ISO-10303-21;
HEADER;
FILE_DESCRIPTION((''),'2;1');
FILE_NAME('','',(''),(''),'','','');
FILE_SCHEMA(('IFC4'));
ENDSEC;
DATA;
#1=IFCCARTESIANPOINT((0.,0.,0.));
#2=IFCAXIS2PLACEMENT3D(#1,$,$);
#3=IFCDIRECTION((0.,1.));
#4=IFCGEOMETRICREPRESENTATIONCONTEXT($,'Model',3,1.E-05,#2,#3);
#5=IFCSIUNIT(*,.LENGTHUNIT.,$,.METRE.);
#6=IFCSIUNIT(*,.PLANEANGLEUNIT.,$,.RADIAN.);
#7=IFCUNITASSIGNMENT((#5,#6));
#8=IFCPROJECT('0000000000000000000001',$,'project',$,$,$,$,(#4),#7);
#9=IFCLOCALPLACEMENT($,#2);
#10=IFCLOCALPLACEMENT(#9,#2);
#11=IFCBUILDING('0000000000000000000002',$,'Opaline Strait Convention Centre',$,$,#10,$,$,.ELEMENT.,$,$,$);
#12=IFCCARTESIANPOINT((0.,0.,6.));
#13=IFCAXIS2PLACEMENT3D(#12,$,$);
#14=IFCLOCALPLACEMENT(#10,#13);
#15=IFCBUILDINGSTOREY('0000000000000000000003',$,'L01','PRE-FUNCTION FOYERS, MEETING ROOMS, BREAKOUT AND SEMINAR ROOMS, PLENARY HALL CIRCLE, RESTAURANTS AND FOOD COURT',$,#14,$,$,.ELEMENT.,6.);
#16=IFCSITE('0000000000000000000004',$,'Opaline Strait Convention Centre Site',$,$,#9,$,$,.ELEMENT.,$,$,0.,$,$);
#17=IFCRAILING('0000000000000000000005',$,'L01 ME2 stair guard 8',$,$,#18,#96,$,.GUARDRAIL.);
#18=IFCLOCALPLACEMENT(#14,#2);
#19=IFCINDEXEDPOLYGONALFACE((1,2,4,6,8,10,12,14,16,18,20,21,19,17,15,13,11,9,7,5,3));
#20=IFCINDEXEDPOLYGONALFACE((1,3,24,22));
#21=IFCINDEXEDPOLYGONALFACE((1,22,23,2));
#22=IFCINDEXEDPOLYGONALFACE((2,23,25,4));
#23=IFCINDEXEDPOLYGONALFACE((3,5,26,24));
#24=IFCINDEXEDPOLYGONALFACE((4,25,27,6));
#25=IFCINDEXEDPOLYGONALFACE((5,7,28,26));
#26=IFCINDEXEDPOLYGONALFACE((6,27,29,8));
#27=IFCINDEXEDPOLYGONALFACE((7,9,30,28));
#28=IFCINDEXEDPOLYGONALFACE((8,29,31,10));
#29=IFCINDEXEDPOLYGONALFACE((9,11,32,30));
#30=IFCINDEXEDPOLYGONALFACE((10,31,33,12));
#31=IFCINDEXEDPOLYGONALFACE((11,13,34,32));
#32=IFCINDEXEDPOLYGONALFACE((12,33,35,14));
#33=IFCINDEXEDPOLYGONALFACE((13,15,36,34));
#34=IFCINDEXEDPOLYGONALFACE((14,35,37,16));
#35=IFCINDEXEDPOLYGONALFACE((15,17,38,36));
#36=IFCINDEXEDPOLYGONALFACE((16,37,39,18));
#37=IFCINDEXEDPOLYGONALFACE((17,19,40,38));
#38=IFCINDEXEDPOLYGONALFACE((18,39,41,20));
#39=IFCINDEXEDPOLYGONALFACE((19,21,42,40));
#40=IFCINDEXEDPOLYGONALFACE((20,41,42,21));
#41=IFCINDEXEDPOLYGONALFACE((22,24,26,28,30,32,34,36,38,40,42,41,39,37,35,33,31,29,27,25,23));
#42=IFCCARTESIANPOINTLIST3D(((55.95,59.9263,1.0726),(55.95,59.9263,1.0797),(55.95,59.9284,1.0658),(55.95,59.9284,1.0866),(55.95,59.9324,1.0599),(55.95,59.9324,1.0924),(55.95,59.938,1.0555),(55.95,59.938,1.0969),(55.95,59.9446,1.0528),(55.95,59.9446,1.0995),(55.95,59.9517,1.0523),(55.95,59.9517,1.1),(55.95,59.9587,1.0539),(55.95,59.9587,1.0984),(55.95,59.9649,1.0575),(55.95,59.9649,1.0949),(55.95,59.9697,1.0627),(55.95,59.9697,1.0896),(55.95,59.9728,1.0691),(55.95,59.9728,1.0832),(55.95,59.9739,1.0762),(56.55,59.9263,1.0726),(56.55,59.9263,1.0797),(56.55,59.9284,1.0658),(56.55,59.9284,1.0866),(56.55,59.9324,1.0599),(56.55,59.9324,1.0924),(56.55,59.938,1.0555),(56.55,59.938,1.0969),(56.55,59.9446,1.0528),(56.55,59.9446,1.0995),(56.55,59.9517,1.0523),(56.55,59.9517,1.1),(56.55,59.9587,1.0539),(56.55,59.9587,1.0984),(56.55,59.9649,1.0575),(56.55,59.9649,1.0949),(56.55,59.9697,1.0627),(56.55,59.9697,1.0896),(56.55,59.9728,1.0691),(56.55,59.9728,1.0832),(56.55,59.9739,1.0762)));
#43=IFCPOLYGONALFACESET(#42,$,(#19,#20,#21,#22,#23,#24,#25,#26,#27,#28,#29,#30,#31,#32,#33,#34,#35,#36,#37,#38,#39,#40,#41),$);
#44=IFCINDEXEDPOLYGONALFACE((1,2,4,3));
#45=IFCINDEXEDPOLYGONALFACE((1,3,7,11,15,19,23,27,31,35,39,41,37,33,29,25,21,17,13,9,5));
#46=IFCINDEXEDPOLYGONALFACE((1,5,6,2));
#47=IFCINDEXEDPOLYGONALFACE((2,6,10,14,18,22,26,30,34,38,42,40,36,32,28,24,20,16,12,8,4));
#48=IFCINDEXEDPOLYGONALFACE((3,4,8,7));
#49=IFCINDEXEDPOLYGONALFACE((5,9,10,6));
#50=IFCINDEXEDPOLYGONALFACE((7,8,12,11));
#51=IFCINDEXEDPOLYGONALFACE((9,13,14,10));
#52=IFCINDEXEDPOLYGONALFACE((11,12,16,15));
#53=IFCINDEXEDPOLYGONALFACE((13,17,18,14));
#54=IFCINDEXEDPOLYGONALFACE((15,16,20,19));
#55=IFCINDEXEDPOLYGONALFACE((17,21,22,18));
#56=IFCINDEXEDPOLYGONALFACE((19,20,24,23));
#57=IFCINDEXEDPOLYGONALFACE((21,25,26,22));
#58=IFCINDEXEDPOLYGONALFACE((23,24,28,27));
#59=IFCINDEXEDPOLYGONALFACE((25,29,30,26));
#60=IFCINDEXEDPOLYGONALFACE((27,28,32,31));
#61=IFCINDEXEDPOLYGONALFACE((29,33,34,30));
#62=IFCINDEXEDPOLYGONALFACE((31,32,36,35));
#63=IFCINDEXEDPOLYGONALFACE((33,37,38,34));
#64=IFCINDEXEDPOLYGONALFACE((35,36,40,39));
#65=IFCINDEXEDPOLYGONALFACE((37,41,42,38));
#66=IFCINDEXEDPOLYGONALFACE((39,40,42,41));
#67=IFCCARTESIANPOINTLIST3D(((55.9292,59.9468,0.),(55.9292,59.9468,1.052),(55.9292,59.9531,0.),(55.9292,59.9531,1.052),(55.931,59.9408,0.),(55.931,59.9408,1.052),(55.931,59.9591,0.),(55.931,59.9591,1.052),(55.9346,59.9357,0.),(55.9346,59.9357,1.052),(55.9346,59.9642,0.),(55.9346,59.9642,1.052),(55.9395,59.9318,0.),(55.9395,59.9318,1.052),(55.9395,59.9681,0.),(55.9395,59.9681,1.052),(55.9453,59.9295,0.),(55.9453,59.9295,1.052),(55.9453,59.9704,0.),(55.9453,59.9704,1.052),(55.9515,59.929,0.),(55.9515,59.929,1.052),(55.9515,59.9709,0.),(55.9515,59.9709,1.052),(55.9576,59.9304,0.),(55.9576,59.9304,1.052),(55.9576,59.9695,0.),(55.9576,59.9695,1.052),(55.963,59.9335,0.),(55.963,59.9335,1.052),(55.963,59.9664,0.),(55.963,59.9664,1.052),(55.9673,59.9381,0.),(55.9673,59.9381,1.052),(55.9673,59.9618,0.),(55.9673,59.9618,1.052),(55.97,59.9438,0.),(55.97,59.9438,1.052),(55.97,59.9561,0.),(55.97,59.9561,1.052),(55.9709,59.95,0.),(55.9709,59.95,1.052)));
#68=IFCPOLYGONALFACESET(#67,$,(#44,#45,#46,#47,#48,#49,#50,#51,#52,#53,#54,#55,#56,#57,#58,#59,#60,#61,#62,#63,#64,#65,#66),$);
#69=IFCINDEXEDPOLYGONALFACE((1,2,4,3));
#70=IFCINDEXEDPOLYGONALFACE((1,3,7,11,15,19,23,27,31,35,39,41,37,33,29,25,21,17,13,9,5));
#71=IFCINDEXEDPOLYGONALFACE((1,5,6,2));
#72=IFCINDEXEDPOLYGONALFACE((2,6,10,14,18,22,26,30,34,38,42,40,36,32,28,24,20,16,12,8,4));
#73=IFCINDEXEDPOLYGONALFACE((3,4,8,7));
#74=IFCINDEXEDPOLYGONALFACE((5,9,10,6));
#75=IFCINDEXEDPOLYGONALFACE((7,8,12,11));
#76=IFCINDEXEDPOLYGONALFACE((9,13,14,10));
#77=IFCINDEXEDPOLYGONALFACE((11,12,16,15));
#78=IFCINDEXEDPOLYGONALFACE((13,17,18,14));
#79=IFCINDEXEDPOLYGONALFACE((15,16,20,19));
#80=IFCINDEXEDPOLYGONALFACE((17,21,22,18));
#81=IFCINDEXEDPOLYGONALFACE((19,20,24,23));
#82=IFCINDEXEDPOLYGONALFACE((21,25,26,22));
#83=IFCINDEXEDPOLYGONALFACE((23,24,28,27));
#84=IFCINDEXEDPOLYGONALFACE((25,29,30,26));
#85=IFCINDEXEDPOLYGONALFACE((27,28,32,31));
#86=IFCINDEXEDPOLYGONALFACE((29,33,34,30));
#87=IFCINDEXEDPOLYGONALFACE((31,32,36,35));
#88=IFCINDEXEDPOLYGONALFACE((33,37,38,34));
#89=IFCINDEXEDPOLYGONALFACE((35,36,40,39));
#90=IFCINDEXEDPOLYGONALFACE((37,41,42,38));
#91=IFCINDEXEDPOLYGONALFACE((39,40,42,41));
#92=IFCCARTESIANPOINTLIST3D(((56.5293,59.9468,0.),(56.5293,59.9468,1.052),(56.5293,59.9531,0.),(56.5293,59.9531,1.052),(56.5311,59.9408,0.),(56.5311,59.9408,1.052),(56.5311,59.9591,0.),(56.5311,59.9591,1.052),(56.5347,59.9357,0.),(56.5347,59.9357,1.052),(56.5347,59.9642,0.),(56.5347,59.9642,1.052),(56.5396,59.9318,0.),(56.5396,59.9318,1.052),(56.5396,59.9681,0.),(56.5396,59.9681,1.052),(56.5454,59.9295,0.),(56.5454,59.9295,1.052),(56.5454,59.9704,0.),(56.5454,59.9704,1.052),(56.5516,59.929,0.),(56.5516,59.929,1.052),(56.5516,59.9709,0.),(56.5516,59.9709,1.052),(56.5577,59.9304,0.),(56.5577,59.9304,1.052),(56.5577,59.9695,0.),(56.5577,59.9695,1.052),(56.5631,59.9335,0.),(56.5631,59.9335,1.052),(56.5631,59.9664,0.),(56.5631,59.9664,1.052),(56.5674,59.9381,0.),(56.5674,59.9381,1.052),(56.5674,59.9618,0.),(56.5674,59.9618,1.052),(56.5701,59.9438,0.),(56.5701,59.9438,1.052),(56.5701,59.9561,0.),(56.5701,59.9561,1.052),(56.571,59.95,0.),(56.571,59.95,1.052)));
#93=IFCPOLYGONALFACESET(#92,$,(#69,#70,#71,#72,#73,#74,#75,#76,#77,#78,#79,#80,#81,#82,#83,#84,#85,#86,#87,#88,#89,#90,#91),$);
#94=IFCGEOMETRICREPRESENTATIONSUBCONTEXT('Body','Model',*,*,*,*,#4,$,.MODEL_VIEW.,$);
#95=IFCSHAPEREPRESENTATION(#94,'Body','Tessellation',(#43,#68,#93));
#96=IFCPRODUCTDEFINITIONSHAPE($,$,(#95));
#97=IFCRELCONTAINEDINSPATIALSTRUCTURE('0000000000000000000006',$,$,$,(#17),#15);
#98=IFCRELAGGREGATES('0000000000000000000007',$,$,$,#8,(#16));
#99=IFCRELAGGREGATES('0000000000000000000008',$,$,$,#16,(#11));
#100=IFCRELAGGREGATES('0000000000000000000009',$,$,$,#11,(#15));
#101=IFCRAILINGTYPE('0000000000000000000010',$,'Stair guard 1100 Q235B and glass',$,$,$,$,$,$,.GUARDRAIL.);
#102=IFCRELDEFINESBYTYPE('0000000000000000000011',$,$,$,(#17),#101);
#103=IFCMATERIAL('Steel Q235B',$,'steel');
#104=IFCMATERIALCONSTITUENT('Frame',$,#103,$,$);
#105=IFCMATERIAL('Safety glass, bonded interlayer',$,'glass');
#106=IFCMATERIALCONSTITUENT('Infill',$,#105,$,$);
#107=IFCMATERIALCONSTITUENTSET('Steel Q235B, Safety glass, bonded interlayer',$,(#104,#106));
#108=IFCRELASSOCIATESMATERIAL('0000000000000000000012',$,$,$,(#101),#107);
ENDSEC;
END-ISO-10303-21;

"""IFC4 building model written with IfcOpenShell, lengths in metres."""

from ifc_helpers import new_model, si_unit, direction, frame, origin, origin_2d, place, context, subcontext, project, spatial, circle, extrude, material, constituent, constituent_set, type_object, element, save


model = new_model("IFC4")

# Units and contexts
model_context = context("Model", 3, precision=1e-05, world=origin(), true_north=direction((0.0, 1.0)))
body_context = subcontext(model_context, "Body", "Model", "MODEL_VIEW")
ifc_project = project(units=[si_unit("LENGTHUNIT", "METRE"), si_unit("PLANEANGLEUNIT", "RADIAN")], contexts=[model_context])

# Site, building, storey
site_placement = place(None, origin())
site = spatial("IfcSite", under=ifc_project, at=site_placement, Name="Opaline Strait Convention Centre Site", CompositionType="ELEMENT", RefElevation=0.0)
building_placement = place(site_placement, origin())
building = spatial("IfcBuilding", under=site, at=building_placement, Name="Opaline Strait Convention Centre", CompositionType="ELEMENT")
storey_placement = place(building_placement, frame((0.0, 0.0, 6.0)))
storey = spatial("IfcBuildingStorey", under=building, at=storey_placement, Name="L01", Description="PRE-FUNCTION FOYERS, MEETING ROOMS, BREAKOUT AND SEMINAR ROOMS, PLENARY HALL CIRCLE, RESTAURANTS AND FOOD COURT", CompositionType="ELEMENT", Elevation=6.0)

# Railing
ifc_material_1 = material(Name="Steel Q235B", Category="steel")
ifc_constituent_1 = constituent(ifc_material_1, Name="Frame")
ifc_material_2 = material(Name="Safety glass, bonded interlayer", Category="glass")
ifc_constituent_2 = constituent(ifc_material_2, Name="Infill")
ifc_constituent_set = constituent_set(constituents=[ifc_constituent_1, ifc_constituent_2], Name="Steel Q235B, Safety glass, bonded interlayer")
railing_type_1 = type_object("IfcRailingType", Name="Stair guard 1100 Q235B and glass", PredefinedType="GUARDRAIL", material=ifc_constituent_set)
railing_1_placement = place(storey_placement, frame((55.95, 59.95, 0.0)))
element("IfcRailing", 1, at=railing_1_placement, inside=storey, type_object=railing_type_1, Name="L01 ME2 stair guard 8", PredefinedType="GUARDRAIL", context=body_context, shape_type="SweptSolid", body=[
    extrude(circle(Radius=0.0239, at=origin_2d()), frame((0.0, 0.0, 1.0762), z_axis=(1.0, 0.0, 0.0), x_axis=(0.0, 1.0, 0.0)), (0.0, 0.0, 1.0), 0.6001),
    extrude(circle(Radius=0.021, at=origin_2d()), origin(), (0.0, 0.0, 1.0), 1.052),
    extrude(circle(Radius=0.021, at=origin_2d()), frame((0.6001, 0.0, 0.0)), (0.0, 0.0, 1.0), 1.052),
])

save(model, "model.ifc")
